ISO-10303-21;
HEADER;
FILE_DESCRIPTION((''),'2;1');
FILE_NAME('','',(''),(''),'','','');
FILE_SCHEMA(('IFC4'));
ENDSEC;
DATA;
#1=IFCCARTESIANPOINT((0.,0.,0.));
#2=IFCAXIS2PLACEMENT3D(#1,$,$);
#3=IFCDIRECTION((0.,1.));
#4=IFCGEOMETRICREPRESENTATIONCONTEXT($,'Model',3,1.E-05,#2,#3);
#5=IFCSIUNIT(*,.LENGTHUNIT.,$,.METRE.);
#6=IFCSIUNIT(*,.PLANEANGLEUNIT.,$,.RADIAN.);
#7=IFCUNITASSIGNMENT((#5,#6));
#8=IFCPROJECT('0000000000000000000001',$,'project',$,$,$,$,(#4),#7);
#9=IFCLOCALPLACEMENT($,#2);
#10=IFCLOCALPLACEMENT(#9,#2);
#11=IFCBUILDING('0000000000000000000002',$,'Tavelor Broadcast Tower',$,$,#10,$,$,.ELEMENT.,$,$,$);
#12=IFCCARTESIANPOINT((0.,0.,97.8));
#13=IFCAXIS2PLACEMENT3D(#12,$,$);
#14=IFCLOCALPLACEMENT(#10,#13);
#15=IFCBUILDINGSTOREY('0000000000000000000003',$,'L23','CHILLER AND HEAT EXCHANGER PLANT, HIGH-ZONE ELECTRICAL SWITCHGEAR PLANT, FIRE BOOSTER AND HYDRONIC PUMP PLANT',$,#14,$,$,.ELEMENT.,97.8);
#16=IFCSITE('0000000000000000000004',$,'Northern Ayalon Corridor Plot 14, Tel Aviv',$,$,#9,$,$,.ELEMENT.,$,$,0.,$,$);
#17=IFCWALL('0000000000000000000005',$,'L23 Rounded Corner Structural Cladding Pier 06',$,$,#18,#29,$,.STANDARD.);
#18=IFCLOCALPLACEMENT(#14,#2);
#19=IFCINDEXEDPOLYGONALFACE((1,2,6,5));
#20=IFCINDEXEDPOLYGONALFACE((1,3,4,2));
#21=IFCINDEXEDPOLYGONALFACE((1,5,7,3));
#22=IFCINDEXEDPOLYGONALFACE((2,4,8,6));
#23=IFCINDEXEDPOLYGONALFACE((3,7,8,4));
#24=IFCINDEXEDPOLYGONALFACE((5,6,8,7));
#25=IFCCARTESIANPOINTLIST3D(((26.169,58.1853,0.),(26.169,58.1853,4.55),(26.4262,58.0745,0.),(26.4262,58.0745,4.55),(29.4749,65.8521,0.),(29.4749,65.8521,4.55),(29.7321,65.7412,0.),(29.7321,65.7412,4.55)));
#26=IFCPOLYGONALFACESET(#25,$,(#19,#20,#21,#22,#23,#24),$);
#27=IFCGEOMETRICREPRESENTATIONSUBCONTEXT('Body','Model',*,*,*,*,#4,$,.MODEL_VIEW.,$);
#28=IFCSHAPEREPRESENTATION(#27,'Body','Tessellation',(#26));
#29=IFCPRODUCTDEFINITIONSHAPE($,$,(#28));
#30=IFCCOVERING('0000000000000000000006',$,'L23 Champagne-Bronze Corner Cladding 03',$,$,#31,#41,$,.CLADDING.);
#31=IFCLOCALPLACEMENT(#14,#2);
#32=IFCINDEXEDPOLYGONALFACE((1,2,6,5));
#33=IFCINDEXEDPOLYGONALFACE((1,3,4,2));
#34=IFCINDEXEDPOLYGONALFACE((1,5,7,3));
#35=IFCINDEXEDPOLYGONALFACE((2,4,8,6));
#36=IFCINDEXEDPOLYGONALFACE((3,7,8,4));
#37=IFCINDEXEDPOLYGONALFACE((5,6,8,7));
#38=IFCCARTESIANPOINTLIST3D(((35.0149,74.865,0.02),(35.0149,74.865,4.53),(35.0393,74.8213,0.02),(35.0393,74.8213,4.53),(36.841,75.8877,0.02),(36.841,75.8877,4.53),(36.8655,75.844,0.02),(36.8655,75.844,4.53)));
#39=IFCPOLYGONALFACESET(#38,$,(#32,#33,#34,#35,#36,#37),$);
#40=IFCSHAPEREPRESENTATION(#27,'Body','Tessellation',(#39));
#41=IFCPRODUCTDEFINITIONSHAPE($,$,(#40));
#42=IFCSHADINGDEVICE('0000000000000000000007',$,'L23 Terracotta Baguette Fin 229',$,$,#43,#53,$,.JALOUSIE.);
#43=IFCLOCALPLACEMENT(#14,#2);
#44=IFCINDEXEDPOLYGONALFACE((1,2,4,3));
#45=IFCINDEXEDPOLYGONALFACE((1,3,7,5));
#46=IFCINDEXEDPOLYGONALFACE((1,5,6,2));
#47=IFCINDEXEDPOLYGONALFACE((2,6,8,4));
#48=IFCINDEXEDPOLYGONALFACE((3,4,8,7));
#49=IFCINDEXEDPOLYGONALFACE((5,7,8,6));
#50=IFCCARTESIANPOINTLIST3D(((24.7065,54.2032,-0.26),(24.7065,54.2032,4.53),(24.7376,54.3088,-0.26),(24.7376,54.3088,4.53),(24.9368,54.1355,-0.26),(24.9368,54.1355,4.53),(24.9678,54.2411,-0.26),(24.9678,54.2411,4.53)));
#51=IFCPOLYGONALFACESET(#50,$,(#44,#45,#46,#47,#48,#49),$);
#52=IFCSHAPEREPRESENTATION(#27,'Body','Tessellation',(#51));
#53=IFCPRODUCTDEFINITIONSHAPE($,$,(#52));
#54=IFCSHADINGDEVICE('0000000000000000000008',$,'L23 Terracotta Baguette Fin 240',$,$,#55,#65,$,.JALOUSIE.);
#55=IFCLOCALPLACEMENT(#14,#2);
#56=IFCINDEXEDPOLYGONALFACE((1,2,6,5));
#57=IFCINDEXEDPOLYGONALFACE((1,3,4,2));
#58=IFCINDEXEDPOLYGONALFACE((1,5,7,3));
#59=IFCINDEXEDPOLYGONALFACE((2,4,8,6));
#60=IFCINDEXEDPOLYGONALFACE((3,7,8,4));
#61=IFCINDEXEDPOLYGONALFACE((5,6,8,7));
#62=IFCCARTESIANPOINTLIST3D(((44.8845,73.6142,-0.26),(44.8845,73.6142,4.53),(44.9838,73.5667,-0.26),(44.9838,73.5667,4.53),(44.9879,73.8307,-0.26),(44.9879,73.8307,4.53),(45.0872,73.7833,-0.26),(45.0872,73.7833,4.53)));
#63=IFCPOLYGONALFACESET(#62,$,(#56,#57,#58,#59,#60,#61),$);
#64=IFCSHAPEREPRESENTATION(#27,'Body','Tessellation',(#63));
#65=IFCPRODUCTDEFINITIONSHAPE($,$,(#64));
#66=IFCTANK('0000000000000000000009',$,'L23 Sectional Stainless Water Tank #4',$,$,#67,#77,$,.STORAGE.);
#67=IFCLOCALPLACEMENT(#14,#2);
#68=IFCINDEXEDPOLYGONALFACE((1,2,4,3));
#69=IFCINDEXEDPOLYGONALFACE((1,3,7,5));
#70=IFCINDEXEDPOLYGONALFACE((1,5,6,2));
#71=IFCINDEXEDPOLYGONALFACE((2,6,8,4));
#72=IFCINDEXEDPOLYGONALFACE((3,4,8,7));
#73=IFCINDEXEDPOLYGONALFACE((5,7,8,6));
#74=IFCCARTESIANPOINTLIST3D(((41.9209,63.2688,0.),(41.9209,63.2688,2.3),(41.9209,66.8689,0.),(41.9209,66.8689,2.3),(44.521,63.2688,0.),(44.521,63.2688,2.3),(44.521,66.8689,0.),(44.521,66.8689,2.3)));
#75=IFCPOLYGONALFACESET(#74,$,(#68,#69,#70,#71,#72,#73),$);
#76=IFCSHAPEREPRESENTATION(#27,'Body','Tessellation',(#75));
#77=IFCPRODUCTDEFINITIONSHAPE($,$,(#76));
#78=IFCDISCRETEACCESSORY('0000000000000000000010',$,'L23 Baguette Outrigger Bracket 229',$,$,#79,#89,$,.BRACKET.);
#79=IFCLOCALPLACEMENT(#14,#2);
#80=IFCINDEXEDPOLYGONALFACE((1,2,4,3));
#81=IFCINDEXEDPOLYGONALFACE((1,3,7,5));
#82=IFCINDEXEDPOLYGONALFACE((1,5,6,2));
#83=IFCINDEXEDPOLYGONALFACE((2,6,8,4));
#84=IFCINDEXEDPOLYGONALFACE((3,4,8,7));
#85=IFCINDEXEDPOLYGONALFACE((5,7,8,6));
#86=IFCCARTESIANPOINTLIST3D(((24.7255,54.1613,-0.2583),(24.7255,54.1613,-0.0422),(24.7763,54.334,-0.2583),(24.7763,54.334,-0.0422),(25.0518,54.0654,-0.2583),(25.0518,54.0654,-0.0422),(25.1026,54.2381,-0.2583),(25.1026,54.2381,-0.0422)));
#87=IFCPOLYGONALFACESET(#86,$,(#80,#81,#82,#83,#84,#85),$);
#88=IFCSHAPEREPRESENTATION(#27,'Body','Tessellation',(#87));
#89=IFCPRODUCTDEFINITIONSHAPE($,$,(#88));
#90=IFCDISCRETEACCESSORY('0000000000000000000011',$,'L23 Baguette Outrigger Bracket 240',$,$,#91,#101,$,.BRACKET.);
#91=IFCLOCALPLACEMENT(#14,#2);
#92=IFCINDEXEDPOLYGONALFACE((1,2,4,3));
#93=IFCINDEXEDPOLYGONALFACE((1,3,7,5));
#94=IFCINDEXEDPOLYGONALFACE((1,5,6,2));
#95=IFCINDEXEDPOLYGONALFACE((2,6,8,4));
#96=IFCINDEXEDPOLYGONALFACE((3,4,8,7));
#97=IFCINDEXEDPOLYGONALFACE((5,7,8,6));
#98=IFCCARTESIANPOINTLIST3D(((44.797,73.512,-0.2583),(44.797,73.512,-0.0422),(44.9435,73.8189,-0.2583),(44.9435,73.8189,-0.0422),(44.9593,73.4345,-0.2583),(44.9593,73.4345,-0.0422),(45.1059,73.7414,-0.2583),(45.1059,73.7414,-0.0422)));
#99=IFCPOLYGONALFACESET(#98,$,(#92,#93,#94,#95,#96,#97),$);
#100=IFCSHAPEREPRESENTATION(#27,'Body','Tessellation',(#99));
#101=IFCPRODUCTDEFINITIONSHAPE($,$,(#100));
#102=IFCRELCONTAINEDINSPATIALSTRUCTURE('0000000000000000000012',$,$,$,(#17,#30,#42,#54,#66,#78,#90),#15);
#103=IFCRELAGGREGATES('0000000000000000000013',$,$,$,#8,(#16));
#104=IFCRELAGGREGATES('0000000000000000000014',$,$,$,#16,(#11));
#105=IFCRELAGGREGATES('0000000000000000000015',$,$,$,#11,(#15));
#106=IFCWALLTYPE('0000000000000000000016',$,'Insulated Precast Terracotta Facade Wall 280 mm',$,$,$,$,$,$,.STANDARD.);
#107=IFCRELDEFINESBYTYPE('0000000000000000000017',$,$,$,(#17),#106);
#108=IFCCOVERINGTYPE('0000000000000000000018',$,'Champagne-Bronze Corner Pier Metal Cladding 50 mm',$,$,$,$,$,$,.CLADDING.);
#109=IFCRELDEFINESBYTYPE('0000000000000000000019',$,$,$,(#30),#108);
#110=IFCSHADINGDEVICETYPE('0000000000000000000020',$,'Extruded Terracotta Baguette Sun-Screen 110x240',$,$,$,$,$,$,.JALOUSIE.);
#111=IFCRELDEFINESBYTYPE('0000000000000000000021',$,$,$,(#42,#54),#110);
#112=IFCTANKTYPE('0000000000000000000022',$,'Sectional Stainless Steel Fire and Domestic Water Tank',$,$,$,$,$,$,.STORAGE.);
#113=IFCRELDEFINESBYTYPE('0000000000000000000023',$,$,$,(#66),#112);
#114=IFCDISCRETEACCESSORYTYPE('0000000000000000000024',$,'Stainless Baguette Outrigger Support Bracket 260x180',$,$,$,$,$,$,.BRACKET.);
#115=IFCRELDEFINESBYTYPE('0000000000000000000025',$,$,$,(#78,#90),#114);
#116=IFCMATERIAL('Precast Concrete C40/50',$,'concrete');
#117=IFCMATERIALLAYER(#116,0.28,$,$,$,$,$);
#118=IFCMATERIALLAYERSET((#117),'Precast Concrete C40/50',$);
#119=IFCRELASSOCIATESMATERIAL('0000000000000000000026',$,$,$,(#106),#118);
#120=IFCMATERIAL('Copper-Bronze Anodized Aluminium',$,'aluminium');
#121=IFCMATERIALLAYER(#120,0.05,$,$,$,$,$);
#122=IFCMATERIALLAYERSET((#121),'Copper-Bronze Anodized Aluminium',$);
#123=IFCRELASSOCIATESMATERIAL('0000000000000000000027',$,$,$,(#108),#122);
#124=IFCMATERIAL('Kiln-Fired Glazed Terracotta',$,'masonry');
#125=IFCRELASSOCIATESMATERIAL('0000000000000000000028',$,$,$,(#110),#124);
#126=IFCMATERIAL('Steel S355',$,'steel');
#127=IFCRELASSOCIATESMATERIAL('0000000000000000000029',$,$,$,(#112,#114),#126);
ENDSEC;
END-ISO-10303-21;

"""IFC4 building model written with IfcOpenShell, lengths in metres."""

from ifc_helpers import new_model, si_unit, direction, frame, frame_2d, origin, origin_2d, place, context, subcontext, project, spatial, rectangle, extrude, source, transform, mapped, material, layer, layer_set, type_object, type_shapes, element, save


model = new_model("IFC4")

# Units and contexts
model_context = context("Model", 3, precision=1e-05, world=origin(), true_north=direction((0.0, 1.0)))
body_context = subcontext(model_context, "Body", "Model", "MODEL_VIEW")
ifc_project = project(units=[si_unit("LENGTHUNIT", "METRE"), si_unit("PLANEANGLEUNIT", "RADIAN")], contexts=[model_context])

# Site, building, storey
site_placement = place(None, origin())
site = spatial("IfcSite", under=ifc_project, at=site_placement, Name="Northern Ayalon Corridor Plot 14, Tel Aviv", CompositionType="ELEMENT", RefElevation=0.0)
building_placement = place(site_placement, origin())
building = spatial("IfcBuilding", under=site, at=building_placement, Name="Tavelor Broadcast Tower", CompositionType="ELEMENT")
storey_placement = place(building_placement, frame((0.0, 0.0, 97.8)))
storey = spatial("IfcBuildingStorey", under=building, at=storey_placement, Name="L23", Description="CHILLER AND HEAT EXCHANGER PLANT, HIGH-ZONE ELECTRICAL SWITCHGEAR PLANT, FIRE BOOSTER AND HYDRONIC PUMP PLANT", CompositionType="ELEMENT", Elevation=97.8)

# Shared definitions
ifc_material_1 = material(Name="Steel S355", Category="steel")

# Wall
ifc_material_2 = material(Name="Precast Concrete C40/50", Category="concrete")
ifc_layer_1 = layer(ifc_material_2, 0.28)
ifc_layer_set_1 = layer_set([ifc_layer_1], Name="Precast Concrete C40/50")
wall_type_1 = type_object("IfcWallType", Name="Insulated Precast Terracotta Facade Wall 280 mm", PredefinedType="STANDARD", material=ifc_layer_set_1)
wall_1_placement = place(storey_placement, frame((29.6035, 65.7966, 0.0), z_axis=(0.0, 0.0, 1.0), x_axis=(-0.395958, -0.918269, 0.0)))
element("IfcWall", 1, at=wall_1_placement, inside=storey, type_object=wall_type_1, Name="L23 Rounded Corner Structural Cladding Pier 06", PredefinedType="STANDARD", context=body_context, shape_type="SweptSolid", body=[
    extrude(rectangle(XDim=8.3491, YDim=0.28, at=frame_2d((4.1746, 0.0))), origin(), (0.0, 0.0, 1.0), 4.55),
])

# Covering
ifc_material_3 = material(Name="Copper-Bronze Anodized Aluminium", Category="aluminium")
ifc_layer_2 = layer(ifc_material_3, 0.05)
ifc_layer_set_2 = layer_set([ifc_layer_2], Name="Copper-Bronze Anodized Aluminium")
covering_type = type_object("IfcCoveringType", Name="Champagne-Bronze Corner Pier Metal Cladding 50 mm", PredefinedType="CLADDING", material=ifc_layer_set_2)
covering_placement = place(storey_placement, frame((35.9402, 75.3545, 0.02), z_axis=(0.0, 0.0, 1.0), x_axis=(-0.872496, -0.488621, 0.0)))
element("IfcCovering", 2, at=covering_placement, inside=storey, type_object=covering_type, Name="L23 Champagne-Bronze Corner Cladding 03", PredefinedType="CLADDING", context=body_context, shape_type="SweptSolid", body=[
    extrude(rectangle(XDim=2.093, YDim=0.05, at=origin_2d()), origin(), (0.0, 0.0, 1.0), 4.51),
])

# Shading devices
ifc_material_4 = material(Name="Kiln-Fired Glazed Terracotta", Category="masonry")
shading_device_type = type_object("IfcShadingDeviceType", Name="Extruded Terracotta Baguette Sun-Screen 110x240", PredefinedType="JALOUSIE", material=ifc_material_4)
shared_shape_1 = source(origin(), body_context, "Body", "SweptSolid", [
    extrude(rectangle(XDim=0.1101, YDim=0.24, at=origin_2d()), origin(), (0.0, 0.0, 1.0), 4.79),
])
type_shapes(shading_device_type, [shared_shape_1])
for number, where, z_axis, x_axis, name in (
    (3, (24.8372, 54.2222, -0.26), (0.0, 0.0, 1.0), (-0.282007, -0.959412, 0.0), "L23 Terracotta Baguette Fin 229"),
    (4, (44.9858, 73.6987, -0.26), (0.0, 0.0, 1.0), (-0.902435, 0.430826, 0.0), "L23 Terracotta Baguette Fin 240"),
):
    element("IfcShadingDevice", number, at=place(storey_placement, frame(where, z_axis=z_axis, x_axis=x_axis)), inside=storey, type_object=shading_device_type, Name=name, PredefinedType="JALOUSIE", context=body_context, shape_type="MappedRepresentation", body=[
        mapped(shared_shape_1, transform((0.0, 0.0, 0.0), scale=1.0)),
    ])

# Tank
tank_type = type_object("IfcTankType", Name="Sectional Stainless Steel Fire and Domestic Water Tank", PredefinedType="STORAGE", material=ifc_material_1)
tank_placement = place(storey_placement, frame((43.2209, 65.0688, 0.0), z_axis=(0.0, 0.0, 1.0), x_axis=(1.0, 0.0, 0.0)))
element("IfcTank", 5, at=tank_placement, inside=storey, type_object=tank_type, Name="L23 Sectional Stainless Water Tank #4", PredefinedType="STORAGE", context=body_context, shape_type="SweptSolid", body=[
    extrude(rectangle(XDim=2.6001, YDim=3.6001, at=origin_2d()), origin(), (0.0, 0.0, 1.0), 2.3),
])

# Discrete accessories
discrete_accessory_type = type_object("IfcDiscreteAccessoryType", Name="Stainless Baguette Outrigger Support Bracket 260x180", PredefinedType="BRACKET", material=ifc_material_1)
shared_shape_2 = source(origin(), body_context, "Body", "SweptSolid", [
    extrude(rectangle(XDim=0.1799, YDim=0.3401, at=origin_2d()), origin(), (0.0, 0.0, 1.0), 0.2161),
])
type_shapes(discrete_accessory_type, [shared_shape_2])
for number, where, z_axis, x_axis, name in (
    (6, (24.9141, 54.1997, -0.2583), (0.0, 0.0, 1.0), (-0.282007, -0.959412, 0.0), "L23 Baguette Outrigger Bracket 229"),
    (7, (44.9514, 73.6267, -0.2583), (0.0, 0.0, 1.0), (-0.902435, 0.430826, 0.0), "L23 Baguette Outrigger Bracket 240"),
):
    element("IfcDiscreteAccessory", number, at=place(storey_placement, frame(where, z_axis=z_axis, x_axis=x_axis)), inside=storey, type_object=discrete_accessory_type, Name=name, PredefinedType="BRACKET", context=body_context, shape_type="MappedRepresentation", body=[
        mapped(shared_shape_2, transform((0.0, 0.0, 0.0), scale=1.0)),
    ])

save(model, "model.ifc")
